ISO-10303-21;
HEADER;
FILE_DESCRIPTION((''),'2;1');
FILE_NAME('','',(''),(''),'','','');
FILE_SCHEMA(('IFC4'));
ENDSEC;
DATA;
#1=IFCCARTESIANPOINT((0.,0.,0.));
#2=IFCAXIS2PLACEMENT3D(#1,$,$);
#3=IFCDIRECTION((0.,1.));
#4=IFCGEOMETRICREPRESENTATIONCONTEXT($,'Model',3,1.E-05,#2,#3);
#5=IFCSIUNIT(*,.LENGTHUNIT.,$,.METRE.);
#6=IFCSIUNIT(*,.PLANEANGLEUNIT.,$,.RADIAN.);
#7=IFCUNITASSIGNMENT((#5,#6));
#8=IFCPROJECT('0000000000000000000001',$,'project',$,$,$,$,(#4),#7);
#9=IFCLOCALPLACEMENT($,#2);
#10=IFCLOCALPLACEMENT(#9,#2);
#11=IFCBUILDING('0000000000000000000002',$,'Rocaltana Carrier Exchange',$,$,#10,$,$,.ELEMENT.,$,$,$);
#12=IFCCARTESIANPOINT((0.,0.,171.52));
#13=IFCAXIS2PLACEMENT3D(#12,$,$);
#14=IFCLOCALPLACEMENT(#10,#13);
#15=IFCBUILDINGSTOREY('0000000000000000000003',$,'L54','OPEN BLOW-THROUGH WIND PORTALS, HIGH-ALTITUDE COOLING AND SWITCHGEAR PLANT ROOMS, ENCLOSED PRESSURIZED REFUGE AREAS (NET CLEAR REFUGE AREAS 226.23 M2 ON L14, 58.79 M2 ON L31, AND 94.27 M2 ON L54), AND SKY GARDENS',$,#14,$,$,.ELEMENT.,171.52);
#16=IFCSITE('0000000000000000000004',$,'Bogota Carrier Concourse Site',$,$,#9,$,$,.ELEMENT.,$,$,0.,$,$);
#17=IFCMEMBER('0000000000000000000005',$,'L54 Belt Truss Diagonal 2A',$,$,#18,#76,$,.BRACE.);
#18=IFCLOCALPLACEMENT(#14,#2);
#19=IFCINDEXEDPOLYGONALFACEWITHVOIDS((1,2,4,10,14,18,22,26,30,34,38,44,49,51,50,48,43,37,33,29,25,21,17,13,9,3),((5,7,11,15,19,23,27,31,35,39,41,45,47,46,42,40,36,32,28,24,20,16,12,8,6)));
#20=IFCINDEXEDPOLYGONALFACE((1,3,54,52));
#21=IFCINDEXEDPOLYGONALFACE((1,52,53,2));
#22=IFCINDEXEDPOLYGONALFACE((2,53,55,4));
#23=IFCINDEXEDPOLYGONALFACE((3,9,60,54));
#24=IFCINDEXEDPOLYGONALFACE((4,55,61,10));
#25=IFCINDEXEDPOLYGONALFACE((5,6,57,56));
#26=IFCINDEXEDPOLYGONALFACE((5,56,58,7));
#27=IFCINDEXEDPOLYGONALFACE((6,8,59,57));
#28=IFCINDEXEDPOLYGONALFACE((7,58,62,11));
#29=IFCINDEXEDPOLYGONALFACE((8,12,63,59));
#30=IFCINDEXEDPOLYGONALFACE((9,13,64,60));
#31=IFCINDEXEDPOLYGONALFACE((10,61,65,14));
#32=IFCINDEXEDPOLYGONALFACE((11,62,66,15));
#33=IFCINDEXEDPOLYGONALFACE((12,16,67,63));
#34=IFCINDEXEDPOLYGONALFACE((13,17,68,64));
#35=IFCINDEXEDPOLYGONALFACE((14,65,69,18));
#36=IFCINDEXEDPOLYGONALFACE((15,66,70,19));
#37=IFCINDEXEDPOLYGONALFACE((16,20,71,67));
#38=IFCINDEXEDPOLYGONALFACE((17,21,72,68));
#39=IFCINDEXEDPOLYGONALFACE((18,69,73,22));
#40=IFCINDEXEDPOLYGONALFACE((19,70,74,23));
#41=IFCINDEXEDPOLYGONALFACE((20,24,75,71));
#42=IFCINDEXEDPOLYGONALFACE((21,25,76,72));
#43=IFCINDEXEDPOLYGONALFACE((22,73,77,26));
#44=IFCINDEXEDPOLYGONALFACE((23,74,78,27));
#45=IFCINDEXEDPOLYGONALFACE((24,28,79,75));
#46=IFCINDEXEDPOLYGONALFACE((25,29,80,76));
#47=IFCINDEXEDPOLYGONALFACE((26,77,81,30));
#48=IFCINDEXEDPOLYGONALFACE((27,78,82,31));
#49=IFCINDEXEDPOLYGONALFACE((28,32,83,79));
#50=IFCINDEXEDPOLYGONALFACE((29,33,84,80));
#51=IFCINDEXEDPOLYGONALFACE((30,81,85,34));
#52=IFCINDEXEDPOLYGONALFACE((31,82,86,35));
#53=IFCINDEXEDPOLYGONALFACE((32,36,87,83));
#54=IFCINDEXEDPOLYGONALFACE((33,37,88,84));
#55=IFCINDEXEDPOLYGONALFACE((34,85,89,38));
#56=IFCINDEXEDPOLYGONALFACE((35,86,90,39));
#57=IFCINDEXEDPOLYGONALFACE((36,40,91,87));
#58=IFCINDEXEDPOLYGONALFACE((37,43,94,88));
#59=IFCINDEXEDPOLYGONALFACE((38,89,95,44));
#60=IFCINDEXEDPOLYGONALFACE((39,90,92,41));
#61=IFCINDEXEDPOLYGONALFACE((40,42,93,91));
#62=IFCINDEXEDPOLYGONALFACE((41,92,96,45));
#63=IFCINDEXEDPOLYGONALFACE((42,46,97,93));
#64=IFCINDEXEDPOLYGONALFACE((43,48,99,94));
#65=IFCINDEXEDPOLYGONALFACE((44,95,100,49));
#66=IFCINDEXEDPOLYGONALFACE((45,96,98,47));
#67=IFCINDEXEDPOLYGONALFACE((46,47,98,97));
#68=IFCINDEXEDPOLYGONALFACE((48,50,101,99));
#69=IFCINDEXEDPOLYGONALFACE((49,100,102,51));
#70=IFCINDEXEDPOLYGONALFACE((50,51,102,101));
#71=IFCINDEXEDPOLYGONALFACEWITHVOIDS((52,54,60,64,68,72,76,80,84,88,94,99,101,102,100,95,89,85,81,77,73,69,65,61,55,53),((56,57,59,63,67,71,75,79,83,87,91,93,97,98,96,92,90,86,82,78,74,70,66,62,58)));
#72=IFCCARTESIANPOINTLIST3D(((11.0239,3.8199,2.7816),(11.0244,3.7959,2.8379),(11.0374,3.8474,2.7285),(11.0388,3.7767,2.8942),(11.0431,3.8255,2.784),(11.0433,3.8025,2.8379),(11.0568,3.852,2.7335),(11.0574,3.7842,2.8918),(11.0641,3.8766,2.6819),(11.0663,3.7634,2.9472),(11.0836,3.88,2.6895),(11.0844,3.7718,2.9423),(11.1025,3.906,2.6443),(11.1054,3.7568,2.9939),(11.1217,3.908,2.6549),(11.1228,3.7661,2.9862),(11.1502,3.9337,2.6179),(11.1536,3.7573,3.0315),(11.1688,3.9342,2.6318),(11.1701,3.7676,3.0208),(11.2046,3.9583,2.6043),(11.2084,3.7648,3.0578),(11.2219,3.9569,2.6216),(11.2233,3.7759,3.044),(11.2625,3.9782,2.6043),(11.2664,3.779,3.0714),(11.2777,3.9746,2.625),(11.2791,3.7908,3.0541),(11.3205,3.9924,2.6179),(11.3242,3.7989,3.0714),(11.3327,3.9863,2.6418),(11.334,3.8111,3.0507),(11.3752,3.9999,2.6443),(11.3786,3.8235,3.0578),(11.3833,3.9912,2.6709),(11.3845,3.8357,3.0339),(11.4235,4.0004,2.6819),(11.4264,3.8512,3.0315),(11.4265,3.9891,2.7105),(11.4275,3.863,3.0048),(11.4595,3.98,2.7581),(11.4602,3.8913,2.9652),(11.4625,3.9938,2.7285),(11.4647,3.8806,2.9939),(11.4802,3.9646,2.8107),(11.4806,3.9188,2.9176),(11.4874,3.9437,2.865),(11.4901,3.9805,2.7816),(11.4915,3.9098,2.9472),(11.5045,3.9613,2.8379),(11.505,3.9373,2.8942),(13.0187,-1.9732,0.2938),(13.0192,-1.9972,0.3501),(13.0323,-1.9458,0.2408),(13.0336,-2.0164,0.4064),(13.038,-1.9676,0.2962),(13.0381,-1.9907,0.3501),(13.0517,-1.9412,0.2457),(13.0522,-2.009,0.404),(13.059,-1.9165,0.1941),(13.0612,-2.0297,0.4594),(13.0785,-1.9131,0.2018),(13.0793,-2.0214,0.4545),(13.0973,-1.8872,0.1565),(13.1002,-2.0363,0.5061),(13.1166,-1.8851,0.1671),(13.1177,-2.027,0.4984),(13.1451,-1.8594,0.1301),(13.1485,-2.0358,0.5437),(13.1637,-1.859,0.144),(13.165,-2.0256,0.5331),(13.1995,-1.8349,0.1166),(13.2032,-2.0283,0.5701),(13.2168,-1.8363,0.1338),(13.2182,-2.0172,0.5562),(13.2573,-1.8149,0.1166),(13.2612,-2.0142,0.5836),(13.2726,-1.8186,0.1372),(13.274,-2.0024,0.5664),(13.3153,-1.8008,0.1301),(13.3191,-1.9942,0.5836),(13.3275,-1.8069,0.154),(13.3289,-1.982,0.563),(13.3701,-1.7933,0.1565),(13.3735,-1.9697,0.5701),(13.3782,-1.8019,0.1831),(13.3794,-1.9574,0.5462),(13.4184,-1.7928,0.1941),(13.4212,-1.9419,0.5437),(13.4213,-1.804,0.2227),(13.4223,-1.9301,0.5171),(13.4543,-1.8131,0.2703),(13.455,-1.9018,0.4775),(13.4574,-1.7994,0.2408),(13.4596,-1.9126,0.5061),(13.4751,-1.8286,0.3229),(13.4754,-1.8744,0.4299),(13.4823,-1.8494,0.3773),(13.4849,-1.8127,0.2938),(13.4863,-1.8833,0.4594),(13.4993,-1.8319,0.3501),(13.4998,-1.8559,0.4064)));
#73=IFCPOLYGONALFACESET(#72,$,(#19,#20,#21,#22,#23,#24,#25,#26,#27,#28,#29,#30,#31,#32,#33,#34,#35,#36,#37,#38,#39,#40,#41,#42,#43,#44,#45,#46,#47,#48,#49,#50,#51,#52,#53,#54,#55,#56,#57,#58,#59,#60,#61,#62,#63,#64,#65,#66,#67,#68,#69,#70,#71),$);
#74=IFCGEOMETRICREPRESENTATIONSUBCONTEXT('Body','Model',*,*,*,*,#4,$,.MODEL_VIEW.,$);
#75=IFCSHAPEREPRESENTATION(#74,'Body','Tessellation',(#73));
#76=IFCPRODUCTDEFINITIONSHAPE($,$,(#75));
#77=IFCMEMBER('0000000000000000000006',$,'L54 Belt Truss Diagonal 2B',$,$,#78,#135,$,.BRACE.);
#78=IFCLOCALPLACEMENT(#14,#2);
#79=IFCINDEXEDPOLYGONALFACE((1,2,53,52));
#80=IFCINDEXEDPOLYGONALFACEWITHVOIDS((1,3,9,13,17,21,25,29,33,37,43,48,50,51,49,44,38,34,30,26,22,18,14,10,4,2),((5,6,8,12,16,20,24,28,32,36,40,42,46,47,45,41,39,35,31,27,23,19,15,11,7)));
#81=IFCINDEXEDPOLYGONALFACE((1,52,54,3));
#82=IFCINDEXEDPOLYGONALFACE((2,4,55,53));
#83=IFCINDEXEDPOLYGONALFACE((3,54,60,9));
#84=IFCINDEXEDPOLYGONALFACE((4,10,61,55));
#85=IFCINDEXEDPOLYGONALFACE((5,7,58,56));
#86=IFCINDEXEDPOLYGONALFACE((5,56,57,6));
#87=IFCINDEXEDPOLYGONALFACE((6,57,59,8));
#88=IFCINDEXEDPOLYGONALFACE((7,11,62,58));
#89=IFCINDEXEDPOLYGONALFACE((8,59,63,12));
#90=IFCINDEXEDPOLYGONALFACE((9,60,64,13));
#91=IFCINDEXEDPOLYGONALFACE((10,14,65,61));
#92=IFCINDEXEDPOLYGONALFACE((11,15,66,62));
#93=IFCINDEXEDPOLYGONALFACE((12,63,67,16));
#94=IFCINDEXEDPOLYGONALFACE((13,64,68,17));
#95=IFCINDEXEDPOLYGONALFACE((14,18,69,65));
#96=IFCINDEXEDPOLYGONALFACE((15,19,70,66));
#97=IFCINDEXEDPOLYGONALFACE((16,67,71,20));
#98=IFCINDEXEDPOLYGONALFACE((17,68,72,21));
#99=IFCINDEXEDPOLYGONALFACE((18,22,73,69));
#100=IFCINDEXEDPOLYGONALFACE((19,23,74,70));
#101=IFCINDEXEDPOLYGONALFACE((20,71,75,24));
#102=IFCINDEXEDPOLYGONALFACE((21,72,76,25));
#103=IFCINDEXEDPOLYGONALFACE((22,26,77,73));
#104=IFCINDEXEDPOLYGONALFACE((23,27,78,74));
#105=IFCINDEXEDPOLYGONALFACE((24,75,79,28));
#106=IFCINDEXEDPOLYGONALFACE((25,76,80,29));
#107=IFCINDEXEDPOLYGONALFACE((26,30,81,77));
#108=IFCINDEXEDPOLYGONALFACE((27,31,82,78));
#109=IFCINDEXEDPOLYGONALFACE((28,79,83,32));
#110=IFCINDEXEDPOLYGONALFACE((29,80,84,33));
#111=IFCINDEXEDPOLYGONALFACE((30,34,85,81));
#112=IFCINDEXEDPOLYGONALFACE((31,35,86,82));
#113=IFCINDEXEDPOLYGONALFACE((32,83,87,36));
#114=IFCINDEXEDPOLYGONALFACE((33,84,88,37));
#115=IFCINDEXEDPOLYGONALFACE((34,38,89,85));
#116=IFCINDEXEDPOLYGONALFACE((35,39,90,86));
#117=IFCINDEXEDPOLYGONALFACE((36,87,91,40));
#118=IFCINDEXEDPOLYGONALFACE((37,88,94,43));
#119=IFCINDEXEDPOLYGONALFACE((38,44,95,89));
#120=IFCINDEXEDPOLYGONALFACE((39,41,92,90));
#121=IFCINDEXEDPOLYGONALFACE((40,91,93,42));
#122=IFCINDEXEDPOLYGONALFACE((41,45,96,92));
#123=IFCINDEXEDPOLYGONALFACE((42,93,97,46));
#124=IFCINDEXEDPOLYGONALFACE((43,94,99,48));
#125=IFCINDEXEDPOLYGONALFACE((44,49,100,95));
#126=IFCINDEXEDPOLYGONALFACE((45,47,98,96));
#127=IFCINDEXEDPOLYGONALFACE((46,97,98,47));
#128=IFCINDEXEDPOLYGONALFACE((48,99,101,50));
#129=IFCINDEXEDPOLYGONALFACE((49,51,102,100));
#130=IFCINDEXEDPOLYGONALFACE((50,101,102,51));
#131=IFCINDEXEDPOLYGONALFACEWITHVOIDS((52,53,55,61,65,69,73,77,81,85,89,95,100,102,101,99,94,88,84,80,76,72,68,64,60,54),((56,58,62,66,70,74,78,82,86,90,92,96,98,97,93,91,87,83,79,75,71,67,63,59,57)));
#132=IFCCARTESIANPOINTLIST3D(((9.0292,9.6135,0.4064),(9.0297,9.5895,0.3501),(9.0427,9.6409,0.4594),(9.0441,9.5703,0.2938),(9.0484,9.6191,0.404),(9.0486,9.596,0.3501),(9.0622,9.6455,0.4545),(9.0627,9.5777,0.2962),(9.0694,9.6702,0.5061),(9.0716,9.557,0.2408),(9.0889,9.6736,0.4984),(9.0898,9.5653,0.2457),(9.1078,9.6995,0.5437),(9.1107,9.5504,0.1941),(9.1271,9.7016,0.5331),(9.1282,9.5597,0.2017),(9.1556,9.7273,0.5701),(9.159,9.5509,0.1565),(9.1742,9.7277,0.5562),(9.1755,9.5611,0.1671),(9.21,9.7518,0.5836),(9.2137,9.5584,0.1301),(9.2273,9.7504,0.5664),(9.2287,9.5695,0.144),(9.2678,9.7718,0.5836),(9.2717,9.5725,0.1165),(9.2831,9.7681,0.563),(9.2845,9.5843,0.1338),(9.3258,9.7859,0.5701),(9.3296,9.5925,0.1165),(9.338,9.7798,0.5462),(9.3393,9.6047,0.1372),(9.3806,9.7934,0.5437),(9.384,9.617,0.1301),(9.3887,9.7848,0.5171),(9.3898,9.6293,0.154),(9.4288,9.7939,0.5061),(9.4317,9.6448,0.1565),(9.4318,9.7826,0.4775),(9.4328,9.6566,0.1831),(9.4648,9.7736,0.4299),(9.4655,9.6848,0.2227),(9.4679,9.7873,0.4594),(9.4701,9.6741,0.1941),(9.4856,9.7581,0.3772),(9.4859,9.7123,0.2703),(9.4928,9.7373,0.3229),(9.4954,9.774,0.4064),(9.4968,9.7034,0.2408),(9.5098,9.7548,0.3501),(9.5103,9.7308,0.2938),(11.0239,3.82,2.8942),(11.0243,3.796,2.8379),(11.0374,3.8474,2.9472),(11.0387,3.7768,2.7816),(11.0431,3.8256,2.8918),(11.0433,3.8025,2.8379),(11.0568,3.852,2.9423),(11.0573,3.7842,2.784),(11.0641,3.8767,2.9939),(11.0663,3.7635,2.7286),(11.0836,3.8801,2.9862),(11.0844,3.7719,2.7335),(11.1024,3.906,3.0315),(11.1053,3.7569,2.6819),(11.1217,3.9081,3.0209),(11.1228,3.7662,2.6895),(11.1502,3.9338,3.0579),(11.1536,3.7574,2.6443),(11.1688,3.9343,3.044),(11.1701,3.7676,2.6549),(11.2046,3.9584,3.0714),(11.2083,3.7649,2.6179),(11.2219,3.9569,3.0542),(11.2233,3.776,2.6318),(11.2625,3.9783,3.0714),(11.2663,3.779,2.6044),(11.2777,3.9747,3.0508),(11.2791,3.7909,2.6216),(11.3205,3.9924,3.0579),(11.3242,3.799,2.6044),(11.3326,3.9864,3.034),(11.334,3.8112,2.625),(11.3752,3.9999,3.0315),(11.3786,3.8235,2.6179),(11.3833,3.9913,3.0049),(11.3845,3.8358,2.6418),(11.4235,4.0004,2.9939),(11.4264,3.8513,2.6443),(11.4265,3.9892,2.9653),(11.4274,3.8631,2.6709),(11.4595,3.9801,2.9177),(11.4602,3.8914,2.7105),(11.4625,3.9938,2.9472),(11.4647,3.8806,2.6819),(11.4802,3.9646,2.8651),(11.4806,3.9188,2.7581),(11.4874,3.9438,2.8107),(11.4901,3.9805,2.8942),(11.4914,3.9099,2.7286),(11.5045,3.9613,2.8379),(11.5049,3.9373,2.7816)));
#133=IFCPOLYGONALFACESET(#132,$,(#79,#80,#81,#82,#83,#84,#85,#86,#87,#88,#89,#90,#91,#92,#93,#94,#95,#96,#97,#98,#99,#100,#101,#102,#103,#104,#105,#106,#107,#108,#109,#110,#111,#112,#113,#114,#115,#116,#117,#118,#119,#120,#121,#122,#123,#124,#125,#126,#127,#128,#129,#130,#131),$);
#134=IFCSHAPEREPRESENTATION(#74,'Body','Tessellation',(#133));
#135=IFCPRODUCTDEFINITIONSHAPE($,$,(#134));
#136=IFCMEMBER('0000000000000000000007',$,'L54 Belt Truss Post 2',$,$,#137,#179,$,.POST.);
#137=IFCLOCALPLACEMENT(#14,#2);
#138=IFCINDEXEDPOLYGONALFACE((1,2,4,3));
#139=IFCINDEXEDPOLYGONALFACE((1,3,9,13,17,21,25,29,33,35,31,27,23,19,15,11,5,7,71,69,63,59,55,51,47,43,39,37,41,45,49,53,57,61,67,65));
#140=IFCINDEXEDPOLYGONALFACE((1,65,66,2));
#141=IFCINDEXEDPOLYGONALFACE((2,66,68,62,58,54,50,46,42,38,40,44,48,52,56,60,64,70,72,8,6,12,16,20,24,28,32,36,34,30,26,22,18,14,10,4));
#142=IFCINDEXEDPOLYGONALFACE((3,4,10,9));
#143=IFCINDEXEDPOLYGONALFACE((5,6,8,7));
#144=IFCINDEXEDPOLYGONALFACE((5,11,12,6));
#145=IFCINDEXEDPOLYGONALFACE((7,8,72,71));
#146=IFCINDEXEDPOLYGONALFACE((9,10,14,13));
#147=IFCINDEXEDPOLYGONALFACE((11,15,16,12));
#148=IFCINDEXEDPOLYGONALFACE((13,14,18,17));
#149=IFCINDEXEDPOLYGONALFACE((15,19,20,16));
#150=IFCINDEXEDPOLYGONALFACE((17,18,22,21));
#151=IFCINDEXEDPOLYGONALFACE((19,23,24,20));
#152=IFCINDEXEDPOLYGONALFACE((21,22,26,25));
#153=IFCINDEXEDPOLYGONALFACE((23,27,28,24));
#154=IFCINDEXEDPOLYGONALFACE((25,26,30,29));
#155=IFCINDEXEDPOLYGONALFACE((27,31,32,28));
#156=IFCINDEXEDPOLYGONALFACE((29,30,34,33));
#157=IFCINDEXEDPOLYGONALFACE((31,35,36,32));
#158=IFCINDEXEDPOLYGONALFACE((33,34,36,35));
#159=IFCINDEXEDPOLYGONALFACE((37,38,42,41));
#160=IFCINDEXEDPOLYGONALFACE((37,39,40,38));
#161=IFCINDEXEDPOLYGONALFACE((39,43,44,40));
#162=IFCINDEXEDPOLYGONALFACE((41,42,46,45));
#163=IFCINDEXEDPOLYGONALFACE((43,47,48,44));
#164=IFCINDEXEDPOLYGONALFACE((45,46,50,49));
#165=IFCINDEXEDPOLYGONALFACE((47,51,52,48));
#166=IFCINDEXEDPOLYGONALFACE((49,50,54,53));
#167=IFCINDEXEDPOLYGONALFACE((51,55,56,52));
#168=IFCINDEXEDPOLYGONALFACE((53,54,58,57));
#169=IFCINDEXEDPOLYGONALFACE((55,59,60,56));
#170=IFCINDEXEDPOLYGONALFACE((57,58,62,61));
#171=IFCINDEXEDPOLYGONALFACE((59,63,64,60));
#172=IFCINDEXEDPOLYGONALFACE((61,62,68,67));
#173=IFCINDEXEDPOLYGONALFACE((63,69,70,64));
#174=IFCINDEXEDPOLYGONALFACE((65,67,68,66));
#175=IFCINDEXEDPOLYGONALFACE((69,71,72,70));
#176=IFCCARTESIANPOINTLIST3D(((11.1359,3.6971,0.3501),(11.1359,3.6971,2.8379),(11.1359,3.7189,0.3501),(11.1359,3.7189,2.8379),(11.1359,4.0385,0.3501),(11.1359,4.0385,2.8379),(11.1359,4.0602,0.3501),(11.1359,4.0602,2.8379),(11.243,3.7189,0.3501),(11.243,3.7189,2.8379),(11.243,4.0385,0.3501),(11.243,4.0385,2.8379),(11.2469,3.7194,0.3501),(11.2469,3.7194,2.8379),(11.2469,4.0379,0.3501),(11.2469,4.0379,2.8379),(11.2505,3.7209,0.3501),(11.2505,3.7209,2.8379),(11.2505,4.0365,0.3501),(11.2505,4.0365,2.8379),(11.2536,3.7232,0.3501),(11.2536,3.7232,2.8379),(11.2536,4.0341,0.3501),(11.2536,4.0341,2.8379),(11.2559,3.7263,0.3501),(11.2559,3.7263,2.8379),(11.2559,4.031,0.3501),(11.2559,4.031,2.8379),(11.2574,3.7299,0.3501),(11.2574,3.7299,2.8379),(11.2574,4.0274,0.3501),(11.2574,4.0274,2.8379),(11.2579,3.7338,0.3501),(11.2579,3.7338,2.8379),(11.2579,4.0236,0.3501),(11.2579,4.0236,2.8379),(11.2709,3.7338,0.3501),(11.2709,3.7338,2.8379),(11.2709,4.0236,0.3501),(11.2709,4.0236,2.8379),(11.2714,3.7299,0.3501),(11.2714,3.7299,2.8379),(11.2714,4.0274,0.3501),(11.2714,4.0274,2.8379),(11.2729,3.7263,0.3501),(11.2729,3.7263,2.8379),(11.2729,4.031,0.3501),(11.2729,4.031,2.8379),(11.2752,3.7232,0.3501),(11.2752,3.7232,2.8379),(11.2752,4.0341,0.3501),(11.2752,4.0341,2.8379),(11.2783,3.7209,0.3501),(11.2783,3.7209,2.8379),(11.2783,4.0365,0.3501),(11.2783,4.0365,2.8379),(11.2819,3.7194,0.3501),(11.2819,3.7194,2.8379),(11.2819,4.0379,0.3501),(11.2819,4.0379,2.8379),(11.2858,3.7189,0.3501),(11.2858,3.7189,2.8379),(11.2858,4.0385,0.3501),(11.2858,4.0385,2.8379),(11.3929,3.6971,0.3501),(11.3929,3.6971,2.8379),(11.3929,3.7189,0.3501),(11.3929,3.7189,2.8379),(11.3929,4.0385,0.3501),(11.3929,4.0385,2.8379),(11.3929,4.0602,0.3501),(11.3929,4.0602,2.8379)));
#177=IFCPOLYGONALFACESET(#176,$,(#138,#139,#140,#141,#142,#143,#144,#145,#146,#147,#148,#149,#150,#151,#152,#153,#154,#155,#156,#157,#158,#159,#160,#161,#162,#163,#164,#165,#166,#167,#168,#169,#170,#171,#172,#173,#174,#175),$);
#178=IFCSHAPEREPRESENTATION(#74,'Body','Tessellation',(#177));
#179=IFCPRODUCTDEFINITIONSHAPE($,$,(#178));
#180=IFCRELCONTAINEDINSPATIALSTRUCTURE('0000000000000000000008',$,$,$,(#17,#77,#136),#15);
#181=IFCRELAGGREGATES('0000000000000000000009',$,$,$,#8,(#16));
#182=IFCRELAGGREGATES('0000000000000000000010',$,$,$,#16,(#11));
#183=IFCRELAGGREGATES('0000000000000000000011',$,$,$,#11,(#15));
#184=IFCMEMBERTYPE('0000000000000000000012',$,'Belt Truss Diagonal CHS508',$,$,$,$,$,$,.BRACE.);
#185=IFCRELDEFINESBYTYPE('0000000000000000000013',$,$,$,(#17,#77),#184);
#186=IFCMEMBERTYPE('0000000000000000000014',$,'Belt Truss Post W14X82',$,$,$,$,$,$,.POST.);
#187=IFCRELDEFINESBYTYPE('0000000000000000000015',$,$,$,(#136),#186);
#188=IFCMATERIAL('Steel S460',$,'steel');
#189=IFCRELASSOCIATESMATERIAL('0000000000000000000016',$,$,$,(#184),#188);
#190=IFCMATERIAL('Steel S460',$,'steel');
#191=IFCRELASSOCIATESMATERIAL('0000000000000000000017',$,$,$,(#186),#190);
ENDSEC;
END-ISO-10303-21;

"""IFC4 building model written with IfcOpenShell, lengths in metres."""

from ifc_helpers import new_model, si_unit, direction, frame, origin, origin_2d, place, context, subcontext, project, spatial, hollow_circle, i_section, extrude, material, material_profile, profile_set, type_object, element, save


model = new_model("IFC4")

# Units and contexts
model_context = context("Model", 3, precision=1e-05, world=origin(), true_north=direction((0.0, 1.0)))
body_context = subcontext(model_context, "Body", "Model", "MODEL_VIEW")
ifc_project = project(units=[si_unit("LENGTHUNIT", "METRE"), si_unit("PLANEANGLEUNIT", "RADIAN")], contexts=[model_context])

# Site, building, storey
site_placement = place(None, origin())
site = spatial("IfcSite", under=ifc_project, at=site_placement, Name="Bogota Carrier Concourse Site", CompositionType="ELEMENT", RefElevation=0.0)
building_placement = place(site_placement, origin())
building = spatial("IfcBuilding", under=site, at=building_placement, Name="Rocaltana Carrier Exchange", CompositionType="ELEMENT")
storey_placement = place(building_placement, frame((0.0, 0.0, 171.52)))
storey = spatial("IfcBuildingStorey", under=building, at=storey_placement, Name="L54", Description="OPEN BLOW-THROUGH WIND PORTALS, HIGH-ALTITUDE COOLING AND SWITCHGEAR PLANT ROOMS, ENCLOSED PRESSURIZED REFUGE AREAS (NET CLEAR REFUGE AREAS 226.23 M2 ON L14, 58.79 M2 ON L31, AND 94.27 M2 ON L54), AND SKY GARDENS", CompositionType="ELEMENT", Elevation=171.52)

# Members
ifc_material_1 = material(Name="Steel S460", Category="steel")
ifc_material_profile_1 = material_profile(ifc_material_1, hollow_circle(Radius=0.2539, WallThickness=0.02, at=origin_2d()), Name="CHS508X20")
ifc_profile_set_1 = profile_set([ifc_material_profile_1], Name="Steel S460")
member_type_1 = type_object("IfcMemberType", Name="Belt Truss Diagonal CHS508", PredefinedType="BRACE", material=ifc_profile_set_1)
member_1_placement = place(storey_placement, frame((13.2593, -1.9146, 0.3501), z_axis=(-0.301666, 0.876052, 0.376205), x_axis=(-0.945513, -0.325584, 0.0)))
element("IfcMember", 1, at=member_1_placement, inside=storey, type_object=member_type_1, Name="L54 Belt Truss Diagonal 2A", PredefinedType="BRACE", context=body_context, shape_type="SweptSolid", body=[
    extrude(hollow_circle(Radius=0.2539, WallThickness=0.02, at=origin_2d()), origin(), (0.0, 0.0, 1.0), 6.6128),
])
member_2_placement = place(storey_placement, frame((11.2644, 3.8787, 2.8379), z_axis=(-0.301622, 0.876071, -0.376197), x_axis=(-0.94553, -0.325536, 0.0)))
element("IfcMember", 2, at=member_2_placement, inside=storey, type_object=member_type_1, Name="L54 Belt Truss Diagonal 2B", PredefinedType="BRACE", context=body_context, shape_type="SweptSolid", body=[
    extrude(hollow_circle(Radius=0.2539, WallThickness=0.02, at=origin_2d()), origin(), (0.0, 0.0, 1.0), 6.613),
])
ifc_material_2 = material(Name="Steel S460", Category="steel")
ifc_material_profile_2 = material_profile(ifc_material_2, i_section(OverallWidth=0.2571, OverallDepth=0.363, WebThickness=0.0129, FlangeThickness=0.0217, FilletRadius=0.0149, at=origin_2d()), Name="W14X82")
ifc_profile_set_2 = profile_set([ifc_material_profile_2], Name="Steel S460")
member_type_2 = type_object("IfcMemberType", Name="Belt Truss Post W14X82", PredefinedType="POST", material=ifc_profile_set_2)
member_3_placement = place(storey_placement, frame((11.2644, 3.8787, 0.3501), z_axis=(0.0, 0.0, 1.0), x_axis=(1.0, 0.0, 0.0)))
element("IfcMember", 3, at=member_3_placement, inside=storey, type_object=member_type_2, Name="L54 Belt Truss Post 2", PredefinedType="POST", context=body_context, shape_type="SweptSolid", body=[
    extrude(i_section(OverallWidth=0.2571, OverallDepth=0.363, WebThickness=0.0129, FlangeThickness=0.0217, FilletRadius=0.0149, at=origin_2d()), origin(), (0.0, 0.0, 1.0), 2.4878),
])

save(model, "model.ifc")
